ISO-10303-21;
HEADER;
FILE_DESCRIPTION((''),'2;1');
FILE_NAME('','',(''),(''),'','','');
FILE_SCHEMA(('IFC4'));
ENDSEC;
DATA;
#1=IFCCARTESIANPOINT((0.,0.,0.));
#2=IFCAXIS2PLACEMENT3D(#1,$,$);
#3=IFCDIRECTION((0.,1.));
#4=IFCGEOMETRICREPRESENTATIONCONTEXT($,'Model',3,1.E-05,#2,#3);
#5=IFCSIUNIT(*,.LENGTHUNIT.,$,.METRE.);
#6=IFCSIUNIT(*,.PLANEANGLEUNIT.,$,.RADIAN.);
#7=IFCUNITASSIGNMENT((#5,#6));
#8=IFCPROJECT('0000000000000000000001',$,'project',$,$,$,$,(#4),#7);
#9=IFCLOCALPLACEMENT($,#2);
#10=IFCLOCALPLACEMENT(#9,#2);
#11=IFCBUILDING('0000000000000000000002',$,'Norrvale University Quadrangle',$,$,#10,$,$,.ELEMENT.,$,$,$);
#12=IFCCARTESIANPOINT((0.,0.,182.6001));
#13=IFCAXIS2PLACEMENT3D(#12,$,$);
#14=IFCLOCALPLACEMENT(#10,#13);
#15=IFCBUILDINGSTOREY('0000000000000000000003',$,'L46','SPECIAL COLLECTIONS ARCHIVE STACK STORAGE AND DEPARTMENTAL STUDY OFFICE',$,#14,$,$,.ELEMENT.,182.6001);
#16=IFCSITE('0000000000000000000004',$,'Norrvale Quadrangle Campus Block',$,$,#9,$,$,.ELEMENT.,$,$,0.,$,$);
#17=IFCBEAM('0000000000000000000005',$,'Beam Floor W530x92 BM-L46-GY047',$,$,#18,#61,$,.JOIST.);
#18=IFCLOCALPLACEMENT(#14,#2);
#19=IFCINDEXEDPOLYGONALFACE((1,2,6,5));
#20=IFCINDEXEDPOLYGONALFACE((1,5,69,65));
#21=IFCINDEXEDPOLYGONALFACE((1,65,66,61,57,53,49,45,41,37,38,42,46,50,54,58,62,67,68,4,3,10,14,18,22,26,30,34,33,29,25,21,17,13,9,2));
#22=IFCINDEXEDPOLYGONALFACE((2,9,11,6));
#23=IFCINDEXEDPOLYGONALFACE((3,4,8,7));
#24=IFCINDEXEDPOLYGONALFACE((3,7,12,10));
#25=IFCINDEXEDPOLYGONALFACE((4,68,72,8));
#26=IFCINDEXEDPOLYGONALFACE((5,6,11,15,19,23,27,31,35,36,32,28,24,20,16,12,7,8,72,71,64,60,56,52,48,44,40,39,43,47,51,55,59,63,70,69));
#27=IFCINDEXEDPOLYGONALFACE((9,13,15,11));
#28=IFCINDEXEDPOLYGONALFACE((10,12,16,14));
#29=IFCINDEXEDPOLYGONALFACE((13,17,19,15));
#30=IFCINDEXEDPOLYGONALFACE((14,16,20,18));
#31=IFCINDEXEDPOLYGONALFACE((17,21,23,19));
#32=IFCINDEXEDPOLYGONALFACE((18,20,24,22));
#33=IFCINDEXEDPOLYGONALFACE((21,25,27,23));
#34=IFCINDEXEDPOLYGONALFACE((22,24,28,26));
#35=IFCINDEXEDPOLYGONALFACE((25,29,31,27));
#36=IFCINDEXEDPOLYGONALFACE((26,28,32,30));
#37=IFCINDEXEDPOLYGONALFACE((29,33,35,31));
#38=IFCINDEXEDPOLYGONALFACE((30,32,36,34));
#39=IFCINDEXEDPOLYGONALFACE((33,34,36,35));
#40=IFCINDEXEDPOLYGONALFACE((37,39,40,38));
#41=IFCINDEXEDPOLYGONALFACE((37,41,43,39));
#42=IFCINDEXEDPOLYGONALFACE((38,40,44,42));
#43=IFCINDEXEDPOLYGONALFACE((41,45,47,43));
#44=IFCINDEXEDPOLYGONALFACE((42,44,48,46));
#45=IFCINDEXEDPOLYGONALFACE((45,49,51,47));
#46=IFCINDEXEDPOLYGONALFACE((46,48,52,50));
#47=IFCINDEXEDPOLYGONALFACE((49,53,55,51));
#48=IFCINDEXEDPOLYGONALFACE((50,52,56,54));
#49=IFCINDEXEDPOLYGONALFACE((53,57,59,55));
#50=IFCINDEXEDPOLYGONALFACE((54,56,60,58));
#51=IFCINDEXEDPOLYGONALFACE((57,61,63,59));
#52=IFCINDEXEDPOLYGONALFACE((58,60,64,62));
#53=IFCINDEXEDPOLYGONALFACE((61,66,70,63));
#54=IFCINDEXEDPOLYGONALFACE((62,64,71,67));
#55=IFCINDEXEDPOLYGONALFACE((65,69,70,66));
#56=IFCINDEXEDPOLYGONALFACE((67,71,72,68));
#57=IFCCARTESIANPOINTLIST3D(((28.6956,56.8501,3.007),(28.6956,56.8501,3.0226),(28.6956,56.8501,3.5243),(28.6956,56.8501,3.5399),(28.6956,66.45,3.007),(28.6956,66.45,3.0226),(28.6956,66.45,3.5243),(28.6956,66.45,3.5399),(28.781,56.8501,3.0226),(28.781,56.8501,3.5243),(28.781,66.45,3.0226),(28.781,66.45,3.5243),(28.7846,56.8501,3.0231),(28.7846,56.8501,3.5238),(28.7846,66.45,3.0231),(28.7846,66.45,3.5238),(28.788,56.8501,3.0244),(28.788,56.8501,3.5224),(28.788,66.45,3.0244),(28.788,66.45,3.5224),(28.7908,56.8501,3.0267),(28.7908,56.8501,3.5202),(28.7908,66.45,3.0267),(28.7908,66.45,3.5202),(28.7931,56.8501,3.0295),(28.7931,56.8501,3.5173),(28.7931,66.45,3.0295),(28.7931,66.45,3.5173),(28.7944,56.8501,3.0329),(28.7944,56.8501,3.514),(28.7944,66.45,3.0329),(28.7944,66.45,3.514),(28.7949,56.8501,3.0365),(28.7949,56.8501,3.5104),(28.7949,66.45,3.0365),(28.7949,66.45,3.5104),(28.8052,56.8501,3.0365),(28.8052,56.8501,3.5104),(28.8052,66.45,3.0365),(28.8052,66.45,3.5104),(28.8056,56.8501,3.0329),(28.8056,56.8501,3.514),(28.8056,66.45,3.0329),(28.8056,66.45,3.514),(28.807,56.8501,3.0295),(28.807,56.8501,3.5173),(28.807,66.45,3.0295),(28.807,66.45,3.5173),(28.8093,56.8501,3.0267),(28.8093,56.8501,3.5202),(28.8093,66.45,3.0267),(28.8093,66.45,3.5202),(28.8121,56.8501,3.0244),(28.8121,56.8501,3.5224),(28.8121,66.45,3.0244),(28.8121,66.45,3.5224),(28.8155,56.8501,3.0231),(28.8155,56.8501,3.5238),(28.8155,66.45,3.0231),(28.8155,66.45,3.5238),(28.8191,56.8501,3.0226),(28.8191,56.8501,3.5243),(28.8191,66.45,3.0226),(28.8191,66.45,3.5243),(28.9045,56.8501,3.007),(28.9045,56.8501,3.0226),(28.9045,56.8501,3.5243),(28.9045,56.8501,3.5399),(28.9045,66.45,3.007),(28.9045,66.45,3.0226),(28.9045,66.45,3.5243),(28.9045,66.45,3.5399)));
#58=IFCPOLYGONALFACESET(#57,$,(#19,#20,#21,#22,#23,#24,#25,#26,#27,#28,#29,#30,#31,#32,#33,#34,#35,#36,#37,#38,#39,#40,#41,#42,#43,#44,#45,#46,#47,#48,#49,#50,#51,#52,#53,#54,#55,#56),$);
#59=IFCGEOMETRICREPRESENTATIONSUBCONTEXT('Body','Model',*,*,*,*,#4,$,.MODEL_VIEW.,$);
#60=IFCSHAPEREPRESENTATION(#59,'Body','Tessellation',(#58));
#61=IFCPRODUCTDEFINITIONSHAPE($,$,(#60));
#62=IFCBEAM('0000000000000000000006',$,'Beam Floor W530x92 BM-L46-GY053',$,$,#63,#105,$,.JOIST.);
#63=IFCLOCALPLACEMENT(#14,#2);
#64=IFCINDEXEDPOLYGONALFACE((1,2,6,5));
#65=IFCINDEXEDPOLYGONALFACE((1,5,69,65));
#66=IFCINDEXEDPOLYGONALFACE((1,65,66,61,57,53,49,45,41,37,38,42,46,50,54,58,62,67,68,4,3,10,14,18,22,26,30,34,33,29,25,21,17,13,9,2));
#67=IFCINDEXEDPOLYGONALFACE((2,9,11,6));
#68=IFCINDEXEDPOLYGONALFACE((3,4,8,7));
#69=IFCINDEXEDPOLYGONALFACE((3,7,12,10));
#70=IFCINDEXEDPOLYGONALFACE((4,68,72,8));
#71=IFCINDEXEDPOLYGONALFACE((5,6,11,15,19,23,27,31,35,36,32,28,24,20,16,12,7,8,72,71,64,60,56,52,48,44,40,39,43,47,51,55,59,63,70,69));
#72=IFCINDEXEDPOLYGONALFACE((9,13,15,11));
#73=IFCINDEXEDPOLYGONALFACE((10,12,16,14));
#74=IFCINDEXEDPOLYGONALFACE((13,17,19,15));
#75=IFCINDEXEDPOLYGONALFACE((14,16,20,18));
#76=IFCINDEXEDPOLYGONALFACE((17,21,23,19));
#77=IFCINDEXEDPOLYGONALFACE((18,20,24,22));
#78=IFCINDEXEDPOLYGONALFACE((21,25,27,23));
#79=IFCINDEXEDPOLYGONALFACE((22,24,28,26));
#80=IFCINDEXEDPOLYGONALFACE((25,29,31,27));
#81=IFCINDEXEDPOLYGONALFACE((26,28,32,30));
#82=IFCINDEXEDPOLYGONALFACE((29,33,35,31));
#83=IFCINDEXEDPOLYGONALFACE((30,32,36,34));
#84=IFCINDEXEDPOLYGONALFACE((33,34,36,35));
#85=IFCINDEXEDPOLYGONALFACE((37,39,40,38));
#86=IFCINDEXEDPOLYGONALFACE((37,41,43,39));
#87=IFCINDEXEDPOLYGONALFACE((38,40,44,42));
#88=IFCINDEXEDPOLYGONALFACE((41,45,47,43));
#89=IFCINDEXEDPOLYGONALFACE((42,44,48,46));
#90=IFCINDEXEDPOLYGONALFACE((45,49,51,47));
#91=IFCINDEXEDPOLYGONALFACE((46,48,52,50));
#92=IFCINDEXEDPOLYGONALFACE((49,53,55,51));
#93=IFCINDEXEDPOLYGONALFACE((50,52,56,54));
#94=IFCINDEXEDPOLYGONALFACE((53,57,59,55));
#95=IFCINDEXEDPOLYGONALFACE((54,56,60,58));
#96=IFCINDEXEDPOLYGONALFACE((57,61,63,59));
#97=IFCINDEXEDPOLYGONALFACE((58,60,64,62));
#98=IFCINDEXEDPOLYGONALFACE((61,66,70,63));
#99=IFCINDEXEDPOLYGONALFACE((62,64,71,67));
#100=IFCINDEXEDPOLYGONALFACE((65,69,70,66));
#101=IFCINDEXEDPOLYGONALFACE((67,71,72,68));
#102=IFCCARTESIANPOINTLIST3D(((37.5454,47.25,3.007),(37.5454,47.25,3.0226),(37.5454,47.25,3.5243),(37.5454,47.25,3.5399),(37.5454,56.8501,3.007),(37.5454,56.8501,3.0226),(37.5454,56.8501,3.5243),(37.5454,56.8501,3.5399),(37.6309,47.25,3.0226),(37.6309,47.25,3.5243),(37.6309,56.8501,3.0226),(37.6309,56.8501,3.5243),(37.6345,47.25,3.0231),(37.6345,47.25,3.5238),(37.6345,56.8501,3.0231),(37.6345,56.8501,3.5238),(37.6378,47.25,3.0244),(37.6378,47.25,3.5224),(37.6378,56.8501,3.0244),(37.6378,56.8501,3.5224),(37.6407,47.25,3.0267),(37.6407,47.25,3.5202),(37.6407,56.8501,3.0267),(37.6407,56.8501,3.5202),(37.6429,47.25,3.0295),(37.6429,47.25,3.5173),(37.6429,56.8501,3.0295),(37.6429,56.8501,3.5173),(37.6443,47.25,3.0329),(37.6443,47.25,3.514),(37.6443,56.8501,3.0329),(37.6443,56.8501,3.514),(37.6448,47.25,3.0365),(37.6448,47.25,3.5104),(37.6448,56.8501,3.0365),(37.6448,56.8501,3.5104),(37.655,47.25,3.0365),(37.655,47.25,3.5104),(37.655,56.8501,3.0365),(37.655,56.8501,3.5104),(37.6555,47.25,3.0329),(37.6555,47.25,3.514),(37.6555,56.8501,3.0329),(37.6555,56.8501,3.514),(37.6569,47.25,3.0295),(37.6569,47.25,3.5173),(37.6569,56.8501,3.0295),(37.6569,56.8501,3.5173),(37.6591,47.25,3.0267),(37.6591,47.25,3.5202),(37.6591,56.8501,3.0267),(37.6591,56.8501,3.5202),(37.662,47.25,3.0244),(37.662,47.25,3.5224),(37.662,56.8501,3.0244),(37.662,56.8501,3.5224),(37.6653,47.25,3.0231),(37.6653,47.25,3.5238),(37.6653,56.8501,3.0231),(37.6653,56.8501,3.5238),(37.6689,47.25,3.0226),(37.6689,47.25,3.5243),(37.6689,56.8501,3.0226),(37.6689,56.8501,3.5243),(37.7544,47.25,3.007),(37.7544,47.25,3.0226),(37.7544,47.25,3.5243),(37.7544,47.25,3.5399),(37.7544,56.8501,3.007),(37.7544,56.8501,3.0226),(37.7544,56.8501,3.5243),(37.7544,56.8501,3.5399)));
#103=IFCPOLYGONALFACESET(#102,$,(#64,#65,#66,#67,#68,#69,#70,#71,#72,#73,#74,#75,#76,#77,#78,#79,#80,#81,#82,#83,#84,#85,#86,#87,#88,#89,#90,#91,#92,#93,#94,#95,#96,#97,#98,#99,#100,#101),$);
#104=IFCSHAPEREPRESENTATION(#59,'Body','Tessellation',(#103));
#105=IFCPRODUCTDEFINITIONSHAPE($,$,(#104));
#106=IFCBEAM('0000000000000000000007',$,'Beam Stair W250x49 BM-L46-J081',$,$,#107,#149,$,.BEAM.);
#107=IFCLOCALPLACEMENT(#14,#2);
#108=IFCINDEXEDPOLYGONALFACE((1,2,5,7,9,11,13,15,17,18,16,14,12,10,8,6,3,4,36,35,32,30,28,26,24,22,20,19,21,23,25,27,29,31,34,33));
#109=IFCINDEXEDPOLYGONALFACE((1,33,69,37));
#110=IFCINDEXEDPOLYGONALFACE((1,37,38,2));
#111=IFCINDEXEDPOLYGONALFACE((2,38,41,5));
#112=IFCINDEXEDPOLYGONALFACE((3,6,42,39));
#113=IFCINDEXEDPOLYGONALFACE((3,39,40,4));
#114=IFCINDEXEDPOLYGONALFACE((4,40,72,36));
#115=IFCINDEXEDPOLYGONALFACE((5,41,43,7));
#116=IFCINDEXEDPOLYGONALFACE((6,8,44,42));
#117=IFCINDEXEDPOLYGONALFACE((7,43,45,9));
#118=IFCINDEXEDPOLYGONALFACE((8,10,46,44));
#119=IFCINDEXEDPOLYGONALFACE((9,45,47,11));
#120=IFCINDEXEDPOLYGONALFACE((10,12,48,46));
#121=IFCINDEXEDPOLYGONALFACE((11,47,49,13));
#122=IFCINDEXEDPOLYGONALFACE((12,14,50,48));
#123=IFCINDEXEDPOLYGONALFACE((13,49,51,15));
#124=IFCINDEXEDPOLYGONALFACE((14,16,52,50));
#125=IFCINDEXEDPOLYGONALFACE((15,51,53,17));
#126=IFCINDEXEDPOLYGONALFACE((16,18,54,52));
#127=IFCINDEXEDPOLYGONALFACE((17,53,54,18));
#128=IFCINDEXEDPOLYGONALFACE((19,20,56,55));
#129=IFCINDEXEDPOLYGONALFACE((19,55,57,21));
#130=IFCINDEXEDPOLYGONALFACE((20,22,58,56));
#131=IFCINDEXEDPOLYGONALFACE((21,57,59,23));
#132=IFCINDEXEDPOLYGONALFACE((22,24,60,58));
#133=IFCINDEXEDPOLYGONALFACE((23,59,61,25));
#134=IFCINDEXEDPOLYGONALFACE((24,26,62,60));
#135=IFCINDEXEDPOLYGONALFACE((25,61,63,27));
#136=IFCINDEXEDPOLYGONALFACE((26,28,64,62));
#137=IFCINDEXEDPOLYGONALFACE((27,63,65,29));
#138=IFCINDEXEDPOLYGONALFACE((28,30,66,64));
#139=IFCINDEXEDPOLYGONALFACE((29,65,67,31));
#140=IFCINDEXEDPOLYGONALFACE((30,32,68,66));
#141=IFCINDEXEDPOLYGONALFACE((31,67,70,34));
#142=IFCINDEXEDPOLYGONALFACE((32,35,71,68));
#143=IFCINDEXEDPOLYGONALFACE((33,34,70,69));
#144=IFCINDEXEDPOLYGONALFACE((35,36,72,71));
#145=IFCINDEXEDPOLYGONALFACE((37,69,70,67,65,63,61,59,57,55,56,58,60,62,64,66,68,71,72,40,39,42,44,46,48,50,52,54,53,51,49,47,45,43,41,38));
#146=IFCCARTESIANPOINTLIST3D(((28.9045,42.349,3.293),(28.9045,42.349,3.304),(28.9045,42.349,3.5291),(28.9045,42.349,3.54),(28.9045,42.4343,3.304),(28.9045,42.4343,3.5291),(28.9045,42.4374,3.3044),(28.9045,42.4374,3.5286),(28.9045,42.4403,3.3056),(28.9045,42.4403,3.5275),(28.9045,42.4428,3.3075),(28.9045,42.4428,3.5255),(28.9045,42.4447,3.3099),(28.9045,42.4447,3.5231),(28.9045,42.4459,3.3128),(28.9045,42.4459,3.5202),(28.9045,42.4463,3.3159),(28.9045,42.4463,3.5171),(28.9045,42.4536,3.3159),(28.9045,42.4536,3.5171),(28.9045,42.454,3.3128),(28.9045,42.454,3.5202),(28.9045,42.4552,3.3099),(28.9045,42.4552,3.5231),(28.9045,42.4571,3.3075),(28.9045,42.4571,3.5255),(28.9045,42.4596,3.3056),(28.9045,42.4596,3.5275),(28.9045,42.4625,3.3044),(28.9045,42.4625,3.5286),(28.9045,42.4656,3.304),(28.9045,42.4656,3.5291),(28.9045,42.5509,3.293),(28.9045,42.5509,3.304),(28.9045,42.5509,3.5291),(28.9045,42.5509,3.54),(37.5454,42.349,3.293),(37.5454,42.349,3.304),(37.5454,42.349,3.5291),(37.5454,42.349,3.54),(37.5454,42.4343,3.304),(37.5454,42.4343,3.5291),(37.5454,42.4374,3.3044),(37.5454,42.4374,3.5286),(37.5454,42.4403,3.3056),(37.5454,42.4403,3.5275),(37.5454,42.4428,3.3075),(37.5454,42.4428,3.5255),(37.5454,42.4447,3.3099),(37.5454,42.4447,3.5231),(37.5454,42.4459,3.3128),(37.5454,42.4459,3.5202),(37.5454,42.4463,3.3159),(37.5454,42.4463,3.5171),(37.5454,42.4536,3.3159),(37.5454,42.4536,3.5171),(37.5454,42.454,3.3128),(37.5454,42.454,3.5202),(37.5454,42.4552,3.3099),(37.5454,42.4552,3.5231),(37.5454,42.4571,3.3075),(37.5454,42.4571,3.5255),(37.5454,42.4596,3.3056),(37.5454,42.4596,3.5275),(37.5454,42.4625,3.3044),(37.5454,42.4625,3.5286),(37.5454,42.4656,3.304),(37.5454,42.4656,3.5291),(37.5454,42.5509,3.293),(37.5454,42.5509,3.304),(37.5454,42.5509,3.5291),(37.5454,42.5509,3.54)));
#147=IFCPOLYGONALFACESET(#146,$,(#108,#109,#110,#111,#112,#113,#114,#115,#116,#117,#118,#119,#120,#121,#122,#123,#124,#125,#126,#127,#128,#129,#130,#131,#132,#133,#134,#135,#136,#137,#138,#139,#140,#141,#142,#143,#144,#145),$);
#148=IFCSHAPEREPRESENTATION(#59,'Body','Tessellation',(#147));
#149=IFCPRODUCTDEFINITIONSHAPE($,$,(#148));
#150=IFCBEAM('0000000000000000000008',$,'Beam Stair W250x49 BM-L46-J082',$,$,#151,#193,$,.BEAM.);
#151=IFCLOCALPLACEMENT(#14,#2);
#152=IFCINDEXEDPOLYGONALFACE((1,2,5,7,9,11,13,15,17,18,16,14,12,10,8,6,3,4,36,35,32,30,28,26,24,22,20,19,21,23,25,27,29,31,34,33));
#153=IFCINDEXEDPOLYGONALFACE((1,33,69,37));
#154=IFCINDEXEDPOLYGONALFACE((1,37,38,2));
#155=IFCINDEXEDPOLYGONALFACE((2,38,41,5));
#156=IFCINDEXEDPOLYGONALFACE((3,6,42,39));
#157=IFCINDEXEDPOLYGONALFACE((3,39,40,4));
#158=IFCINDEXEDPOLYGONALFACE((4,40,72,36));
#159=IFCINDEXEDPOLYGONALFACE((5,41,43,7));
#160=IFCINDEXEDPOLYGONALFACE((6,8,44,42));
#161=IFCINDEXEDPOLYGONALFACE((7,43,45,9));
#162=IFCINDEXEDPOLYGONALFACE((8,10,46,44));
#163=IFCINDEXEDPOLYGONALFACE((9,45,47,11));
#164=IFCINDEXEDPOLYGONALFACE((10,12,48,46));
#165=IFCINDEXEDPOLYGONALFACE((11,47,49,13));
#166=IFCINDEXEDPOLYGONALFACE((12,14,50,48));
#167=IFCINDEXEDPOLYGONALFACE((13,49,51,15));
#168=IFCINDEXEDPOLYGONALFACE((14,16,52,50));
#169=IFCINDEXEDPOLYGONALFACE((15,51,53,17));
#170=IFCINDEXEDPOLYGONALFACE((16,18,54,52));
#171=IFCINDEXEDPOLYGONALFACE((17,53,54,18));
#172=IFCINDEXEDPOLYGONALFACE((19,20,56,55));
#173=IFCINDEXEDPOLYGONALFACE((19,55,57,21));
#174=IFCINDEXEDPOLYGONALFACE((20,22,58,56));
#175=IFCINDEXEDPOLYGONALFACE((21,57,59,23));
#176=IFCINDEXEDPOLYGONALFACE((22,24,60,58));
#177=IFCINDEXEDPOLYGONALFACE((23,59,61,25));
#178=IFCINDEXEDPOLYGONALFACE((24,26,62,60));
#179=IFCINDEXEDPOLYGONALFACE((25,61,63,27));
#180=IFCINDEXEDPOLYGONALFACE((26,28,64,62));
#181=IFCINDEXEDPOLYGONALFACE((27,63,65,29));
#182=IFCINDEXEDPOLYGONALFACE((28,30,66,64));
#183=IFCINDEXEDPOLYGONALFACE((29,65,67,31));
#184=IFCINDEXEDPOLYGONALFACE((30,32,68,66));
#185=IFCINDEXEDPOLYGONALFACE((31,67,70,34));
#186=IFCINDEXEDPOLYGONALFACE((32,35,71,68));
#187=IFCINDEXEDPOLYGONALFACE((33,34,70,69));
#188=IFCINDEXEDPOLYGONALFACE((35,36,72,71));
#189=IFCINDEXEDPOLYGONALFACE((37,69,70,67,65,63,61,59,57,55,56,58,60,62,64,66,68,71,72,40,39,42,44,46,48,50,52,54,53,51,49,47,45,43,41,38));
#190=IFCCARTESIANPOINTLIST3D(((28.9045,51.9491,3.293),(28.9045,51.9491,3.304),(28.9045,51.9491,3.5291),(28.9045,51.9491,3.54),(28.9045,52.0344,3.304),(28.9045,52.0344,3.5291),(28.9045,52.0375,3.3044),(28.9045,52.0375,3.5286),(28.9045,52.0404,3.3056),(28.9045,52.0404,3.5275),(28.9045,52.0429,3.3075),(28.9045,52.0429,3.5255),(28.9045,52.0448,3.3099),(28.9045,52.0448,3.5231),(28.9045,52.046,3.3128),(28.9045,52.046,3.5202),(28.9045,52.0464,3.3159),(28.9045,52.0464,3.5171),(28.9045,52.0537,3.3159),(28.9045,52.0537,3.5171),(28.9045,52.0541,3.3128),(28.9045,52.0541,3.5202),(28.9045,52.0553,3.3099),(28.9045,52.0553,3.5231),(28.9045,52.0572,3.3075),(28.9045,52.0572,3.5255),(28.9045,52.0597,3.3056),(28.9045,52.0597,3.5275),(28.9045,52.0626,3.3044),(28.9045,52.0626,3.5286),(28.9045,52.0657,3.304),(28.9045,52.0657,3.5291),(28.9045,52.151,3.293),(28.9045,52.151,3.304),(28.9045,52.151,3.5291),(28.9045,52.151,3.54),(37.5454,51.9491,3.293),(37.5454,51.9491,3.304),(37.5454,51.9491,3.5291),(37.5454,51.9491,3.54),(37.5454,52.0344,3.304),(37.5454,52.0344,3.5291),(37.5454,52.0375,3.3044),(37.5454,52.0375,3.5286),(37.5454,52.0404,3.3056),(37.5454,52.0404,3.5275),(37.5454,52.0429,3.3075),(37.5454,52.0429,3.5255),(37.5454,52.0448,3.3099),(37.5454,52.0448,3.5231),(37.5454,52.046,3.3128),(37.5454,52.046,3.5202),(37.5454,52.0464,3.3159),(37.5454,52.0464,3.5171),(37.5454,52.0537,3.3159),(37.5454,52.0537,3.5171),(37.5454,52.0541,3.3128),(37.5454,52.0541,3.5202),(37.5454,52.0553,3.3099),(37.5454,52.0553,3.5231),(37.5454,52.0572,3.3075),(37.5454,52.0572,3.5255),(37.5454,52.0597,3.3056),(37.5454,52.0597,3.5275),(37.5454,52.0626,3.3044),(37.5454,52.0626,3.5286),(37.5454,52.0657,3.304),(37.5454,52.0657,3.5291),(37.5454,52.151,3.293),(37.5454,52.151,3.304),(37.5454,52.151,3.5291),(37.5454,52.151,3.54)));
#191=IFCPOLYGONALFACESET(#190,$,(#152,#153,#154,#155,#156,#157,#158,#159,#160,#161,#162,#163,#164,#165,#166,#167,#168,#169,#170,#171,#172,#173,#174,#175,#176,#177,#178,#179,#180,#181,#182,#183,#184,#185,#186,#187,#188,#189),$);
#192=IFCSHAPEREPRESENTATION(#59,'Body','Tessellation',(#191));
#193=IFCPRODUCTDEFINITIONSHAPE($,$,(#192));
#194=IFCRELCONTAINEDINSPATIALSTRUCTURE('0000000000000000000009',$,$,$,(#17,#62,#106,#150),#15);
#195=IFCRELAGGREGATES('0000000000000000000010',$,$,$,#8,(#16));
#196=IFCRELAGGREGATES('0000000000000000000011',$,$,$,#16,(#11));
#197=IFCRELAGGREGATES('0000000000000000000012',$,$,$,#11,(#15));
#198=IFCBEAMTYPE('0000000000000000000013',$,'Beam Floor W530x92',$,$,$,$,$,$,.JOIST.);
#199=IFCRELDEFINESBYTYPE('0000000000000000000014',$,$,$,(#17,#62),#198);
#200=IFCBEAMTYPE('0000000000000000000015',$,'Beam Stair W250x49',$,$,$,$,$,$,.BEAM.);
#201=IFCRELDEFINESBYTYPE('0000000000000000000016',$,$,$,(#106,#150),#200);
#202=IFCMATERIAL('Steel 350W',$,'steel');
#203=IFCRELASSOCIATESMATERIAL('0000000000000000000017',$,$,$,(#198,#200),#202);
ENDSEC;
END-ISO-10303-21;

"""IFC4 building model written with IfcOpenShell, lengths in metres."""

from ifc_helpers import new_model, si_unit, direction, frame, origin, origin_2d, place, context, subcontext, project, spatial, i_section, extrude, material, material_profile, profile_set, type_object, element, save


model = new_model("IFC4")

# Units and contexts
model_context = context("Model", 3, precision=1e-05, world=origin(), true_north=direction((0.0, 1.0)))
body_context = subcontext(model_context, "Body", "Model", "MODEL_VIEW")
ifc_project = project(units=[si_unit("LENGTHUNIT", "METRE"), si_unit("PLANEANGLEUNIT", "RADIAN")], contexts=[model_context])

# Site, building, storey
site_placement = place(None, origin())
site = spatial("IfcSite", under=ifc_project, at=site_placement, Name="Norrvale Quadrangle Campus Block", CompositionType="ELEMENT", RefElevation=0.0)
building_placement = place(site_placement, origin())
building = spatial("IfcBuilding", under=site, at=building_placement, Name="Norrvale University Quadrangle", CompositionType="ELEMENT")
storey_placement = place(building_placement, frame((0.0, 0.0, 182.6001)))
storey = spatial("IfcBuildingStorey", under=building, at=storey_placement, Name="L46", Description="SPECIAL COLLECTIONS ARCHIVE STACK STORAGE AND DEPARTMENTAL STUDY OFFICE", CompositionType="ELEMENT", Elevation=182.6001)

# Beams
ifc_material_1 = material(Name="Steel 350W", Category="steel")
ifc_material_profile_1 = material_profile(ifc_material_1, i_section(OverallWidth=0.209, OverallDepth=0.533, WebThickness=0.0103, FlangeThickness=0.0156, FilletRadius=0.0139, at=origin_2d()), Name="Steel 350W")
ifc_profile_set_1 = profile_set([ifc_material_profile_1], Name="Steel 350W")
beam_type_1 = type_object("IfcBeamType", Name="Beam Floor W530x92", PredefinedType="JOIST", material=ifc_profile_set_1)
beam_1_placement = place(storey_placement, frame((28.8, 56.8501, 3.2734), z_axis=(0.0, 1.0, 0.0), x_axis=(-1.0, 0.0, 0.0)))
element("IfcBeam", 1, at=beam_1_placement, inside=storey, type_object=beam_type_1, Name="Beam Floor W530x92 BM-L46-GY047", PredefinedType="JOIST", context=body_context, shape_type="SweptSolid", body=[
    extrude(i_section(OverallWidth=0.209, OverallDepth=0.533, WebThickness=0.0103, FlangeThickness=0.0156, FilletRadius=0.0139, at=origin_2d()), origin(), (0.0, 0.0, 1.0), 9.5999),
])
beam_2_placement = place(storey_placement, frame((37.6499, 47.25, 3.2734), z_axis=(0.0, 1.0, 0.0), x_axis=(-1.0, 0.0, 0.0)))
element("IfcBeam", 2, at=beam_2_placement, inside=storey, type_object=beam_type_1, Name="Beam Floor W530x92 BM-L46-GY053", PredefinedType="JOIST", context=body_context, shape_type="SweptSolid", body=[
    extrude(i_section(OverallWidth=0.209, OverallDepth=0.533, WebThickness=0.0103, FlangeThickness=0.0156, FilletRadius=0.0139, at=origin_2d()), origin(), (0.0, 0.0, 1.0), 9.6001),
])
ifc_material_profile_2 = material_profile(ifc_material_1, i_section(OverallWidth=0.2019, OverallDepth=0.2471, WebThickness=0.0073, FlangeThickness=0.011, FilletRadius=0.012, at=origin_2d()), Name="Steel 350W")
ifc_profile_set_2 = profile_set([ifc_material_profile_2], Name="Steel 350W")
beam_type_2 = type_object("IfcBeamType", Name="Beam Stair W250x49", PredefinedType="BEAM", material=ifc_profile_set_2)
for number, where, z_axis, x_axis, name in (
    (3, (28.9045, 42.45, 3.4165), (1.0, 0.0, 0.0), (0.0, 1.0, 0.0), "Beam Stair W250x49 BM-L46-J081"),
    (4, (28.9045, 52.05, 3.4165), (1.0, 0.0, 0.0), (0.0, 1.0, 0.0), "Beam Stair W250x49 BM-L46-J082"),
):
    element("IfcBeam", number, at=place(storey_placement, frame(where, z_axis=z_axis, x_axis=x_axis)), inside=storey, type_object=beam_type_2, Name=name, PredefinedType="BEAM", context=body_context, shape_type="SweptSolid", body=[
        extrude(i_section(OverallWidth=0.2019, OverallDepth=0.2471, WebThickness=0.0073, FlangeThickness=0.011, FilletRadius=0.012, at=origin_2d()), origin(), (0.0, 0.0, 1.0), 8.6409),
    ])

save(model, "model.ifc")
